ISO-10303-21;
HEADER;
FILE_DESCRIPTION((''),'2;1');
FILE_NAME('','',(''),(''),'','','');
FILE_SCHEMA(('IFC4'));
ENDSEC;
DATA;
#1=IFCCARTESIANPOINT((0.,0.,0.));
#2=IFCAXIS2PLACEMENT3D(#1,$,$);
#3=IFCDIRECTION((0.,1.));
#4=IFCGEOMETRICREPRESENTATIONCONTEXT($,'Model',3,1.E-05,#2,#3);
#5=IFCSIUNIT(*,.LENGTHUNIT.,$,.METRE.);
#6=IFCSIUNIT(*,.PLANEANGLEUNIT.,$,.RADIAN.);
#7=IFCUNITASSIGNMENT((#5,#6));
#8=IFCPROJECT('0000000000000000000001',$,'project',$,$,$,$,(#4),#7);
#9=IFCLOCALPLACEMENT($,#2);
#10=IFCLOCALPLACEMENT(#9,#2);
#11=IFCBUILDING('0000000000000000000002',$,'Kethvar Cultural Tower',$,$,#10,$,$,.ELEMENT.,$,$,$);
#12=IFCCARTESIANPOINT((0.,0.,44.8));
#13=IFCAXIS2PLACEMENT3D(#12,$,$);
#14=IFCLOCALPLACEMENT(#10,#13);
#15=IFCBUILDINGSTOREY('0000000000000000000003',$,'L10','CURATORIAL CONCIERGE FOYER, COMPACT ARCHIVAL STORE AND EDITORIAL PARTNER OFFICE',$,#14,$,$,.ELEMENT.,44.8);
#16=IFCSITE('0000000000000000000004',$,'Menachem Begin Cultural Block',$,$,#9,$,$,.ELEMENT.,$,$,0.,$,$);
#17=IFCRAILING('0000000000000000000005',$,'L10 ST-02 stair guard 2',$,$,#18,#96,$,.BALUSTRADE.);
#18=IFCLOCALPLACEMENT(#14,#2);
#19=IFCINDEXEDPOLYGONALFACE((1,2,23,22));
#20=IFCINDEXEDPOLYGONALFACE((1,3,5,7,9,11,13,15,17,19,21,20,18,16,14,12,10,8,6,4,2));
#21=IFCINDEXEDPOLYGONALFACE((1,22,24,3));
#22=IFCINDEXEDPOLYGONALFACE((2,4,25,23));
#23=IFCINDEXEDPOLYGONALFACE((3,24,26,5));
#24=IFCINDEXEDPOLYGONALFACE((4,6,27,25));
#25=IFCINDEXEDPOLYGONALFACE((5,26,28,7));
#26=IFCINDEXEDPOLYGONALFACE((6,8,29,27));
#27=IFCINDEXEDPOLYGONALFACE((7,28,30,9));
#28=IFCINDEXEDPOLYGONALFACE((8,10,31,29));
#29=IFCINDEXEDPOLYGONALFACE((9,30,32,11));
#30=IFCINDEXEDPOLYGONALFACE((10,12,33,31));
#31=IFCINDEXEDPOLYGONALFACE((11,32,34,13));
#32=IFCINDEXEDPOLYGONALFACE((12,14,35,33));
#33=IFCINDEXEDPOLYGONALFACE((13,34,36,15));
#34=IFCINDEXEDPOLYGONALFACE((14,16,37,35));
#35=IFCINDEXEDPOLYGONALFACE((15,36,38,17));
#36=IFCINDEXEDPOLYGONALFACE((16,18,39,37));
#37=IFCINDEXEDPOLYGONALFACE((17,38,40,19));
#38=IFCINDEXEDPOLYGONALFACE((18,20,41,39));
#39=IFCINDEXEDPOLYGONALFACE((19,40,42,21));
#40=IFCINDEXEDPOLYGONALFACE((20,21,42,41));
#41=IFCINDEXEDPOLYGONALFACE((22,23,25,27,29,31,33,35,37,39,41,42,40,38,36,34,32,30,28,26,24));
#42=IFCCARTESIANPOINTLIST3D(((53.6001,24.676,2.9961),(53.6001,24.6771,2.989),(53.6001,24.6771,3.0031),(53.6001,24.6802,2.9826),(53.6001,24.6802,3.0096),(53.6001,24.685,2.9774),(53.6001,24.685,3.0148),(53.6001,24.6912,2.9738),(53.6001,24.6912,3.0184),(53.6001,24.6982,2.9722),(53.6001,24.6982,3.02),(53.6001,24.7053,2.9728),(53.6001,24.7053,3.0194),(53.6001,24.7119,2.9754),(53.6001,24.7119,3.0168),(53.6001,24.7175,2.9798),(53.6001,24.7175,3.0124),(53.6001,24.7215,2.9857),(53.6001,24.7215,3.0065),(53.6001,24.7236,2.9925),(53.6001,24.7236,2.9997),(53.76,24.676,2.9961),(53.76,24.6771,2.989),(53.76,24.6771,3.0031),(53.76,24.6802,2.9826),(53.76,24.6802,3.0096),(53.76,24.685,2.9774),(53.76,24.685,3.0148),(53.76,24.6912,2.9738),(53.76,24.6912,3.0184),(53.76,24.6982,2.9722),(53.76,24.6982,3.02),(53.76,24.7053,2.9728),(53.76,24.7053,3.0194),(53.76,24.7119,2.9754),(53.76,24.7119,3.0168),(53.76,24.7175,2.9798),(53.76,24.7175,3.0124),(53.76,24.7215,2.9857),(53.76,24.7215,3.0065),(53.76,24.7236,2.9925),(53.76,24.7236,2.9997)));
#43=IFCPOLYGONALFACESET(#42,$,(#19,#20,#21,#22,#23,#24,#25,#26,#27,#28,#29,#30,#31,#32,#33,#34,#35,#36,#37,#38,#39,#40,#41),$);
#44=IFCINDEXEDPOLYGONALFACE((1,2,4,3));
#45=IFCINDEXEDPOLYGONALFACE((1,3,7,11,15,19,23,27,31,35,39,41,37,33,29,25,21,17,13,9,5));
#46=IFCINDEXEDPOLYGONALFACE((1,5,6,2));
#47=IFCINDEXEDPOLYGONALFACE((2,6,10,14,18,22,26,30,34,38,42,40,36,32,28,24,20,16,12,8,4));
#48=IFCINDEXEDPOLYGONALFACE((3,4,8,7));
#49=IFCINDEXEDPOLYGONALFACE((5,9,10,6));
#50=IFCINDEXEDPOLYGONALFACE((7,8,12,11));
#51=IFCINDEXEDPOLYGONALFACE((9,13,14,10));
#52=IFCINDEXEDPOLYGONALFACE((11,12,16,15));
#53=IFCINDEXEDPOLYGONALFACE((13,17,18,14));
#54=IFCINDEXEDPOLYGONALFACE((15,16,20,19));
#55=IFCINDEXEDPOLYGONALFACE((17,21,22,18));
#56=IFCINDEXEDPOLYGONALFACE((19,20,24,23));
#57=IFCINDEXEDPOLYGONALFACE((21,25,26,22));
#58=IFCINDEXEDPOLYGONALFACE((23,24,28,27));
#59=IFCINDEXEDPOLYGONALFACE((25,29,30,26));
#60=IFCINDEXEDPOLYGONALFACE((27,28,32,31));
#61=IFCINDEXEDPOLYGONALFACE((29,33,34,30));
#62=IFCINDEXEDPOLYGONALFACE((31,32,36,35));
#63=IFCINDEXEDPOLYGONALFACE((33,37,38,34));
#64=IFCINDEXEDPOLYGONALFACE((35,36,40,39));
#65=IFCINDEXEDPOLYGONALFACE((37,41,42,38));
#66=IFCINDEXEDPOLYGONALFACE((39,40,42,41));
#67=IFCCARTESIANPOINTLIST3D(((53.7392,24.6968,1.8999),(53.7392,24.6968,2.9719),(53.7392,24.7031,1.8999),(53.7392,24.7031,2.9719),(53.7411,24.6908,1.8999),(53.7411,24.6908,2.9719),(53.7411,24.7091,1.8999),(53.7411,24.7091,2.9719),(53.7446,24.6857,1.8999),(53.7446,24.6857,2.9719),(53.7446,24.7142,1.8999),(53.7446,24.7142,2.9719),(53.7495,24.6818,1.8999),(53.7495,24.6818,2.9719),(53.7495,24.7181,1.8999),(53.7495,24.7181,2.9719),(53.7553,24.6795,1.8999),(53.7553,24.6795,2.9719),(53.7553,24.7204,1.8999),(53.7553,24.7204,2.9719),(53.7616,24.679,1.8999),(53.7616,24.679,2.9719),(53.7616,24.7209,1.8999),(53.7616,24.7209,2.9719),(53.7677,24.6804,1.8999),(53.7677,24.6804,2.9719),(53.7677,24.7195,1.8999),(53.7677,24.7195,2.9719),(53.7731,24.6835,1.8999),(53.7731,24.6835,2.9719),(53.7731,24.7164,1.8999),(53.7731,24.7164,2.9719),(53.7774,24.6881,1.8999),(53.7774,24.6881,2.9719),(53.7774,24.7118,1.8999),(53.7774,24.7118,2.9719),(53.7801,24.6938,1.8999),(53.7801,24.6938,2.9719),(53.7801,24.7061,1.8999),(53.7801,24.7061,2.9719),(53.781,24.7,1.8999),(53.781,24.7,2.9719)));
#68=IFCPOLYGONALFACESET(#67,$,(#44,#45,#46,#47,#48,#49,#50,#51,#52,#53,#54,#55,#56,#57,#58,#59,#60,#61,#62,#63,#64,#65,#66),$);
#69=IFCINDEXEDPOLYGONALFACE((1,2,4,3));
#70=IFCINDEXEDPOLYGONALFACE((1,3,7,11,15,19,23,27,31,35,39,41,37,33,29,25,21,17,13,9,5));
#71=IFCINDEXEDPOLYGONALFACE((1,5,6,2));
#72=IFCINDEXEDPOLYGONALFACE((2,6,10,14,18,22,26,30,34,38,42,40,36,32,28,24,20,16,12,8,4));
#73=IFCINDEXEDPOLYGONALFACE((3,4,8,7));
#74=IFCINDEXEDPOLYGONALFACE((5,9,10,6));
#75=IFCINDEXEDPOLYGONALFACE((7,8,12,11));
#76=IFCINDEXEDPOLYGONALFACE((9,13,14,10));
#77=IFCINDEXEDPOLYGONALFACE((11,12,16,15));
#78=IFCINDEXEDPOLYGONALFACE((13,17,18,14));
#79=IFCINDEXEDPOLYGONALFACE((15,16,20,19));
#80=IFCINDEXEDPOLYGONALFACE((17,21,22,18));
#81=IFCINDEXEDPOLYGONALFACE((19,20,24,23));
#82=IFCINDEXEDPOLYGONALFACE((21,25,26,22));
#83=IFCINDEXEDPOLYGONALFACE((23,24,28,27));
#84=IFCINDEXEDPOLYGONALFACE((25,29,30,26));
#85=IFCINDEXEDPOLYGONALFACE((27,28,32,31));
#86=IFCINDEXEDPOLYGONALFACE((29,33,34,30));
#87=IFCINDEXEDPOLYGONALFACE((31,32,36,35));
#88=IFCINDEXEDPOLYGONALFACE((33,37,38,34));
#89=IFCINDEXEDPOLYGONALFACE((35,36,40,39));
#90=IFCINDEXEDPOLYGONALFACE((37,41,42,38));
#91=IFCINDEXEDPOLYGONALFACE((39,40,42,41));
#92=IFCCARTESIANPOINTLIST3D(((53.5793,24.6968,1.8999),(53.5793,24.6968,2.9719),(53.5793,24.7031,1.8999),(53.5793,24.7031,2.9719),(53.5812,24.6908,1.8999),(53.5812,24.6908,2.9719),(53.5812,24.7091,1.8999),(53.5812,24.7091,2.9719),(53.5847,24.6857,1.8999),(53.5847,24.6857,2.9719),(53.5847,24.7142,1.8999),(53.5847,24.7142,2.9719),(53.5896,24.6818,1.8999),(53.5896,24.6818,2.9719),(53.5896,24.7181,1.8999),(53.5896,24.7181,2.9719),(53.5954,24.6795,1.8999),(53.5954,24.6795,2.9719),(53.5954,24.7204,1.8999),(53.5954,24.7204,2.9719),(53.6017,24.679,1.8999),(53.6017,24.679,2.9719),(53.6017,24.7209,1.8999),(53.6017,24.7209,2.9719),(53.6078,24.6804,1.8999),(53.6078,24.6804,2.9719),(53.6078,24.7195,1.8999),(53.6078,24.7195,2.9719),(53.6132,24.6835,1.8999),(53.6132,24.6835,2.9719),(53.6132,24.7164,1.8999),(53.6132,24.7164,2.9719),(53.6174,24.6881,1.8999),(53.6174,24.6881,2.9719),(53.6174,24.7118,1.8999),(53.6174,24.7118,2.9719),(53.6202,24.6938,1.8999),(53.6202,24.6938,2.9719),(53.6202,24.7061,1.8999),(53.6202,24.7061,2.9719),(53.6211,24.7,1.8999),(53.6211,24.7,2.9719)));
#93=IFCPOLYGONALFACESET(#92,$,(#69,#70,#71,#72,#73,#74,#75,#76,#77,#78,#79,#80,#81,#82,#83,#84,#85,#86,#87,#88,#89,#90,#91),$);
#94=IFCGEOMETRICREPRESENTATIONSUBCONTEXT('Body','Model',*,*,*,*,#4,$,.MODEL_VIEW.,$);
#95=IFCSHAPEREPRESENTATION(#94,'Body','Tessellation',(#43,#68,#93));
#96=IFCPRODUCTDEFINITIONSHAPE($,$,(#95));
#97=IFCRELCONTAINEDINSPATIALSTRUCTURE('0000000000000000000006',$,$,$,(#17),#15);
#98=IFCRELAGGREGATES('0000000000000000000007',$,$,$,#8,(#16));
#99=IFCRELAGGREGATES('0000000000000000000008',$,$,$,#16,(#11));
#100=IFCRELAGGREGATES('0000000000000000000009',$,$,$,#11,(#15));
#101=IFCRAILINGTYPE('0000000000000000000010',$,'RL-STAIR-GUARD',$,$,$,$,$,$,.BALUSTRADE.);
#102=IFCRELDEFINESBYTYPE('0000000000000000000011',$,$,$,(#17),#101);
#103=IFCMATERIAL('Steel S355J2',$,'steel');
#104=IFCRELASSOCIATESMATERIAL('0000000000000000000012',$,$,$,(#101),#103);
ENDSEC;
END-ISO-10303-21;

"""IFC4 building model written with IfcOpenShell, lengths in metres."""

from ifc_helpers import new_model, si_unit, direction, frame, origin, origin_2d, place, context, subcontext, project, spatial, circle, extrude, material, type_object, element, save


model = new_model("IFC4")

# Units and contexts
model_context = context("Model", 3, precision=1e-05, world=origin(), true_north=direction((0.0, 1.0)))
body_context = subcontext(model_context, "Body", "Model", "MODEL_VIEW")
ifc_project = project(units=[si_unit("LENGTHUNIT", "METRE"), si_unit("PLANEANGLEUNIT", "RADIAN")], contexts=[model_context])

# Site, building, storey
site_placement = place(None, origin())
site = spatial("IfcSite", under=ifc_project, at=site_placement, Name="Menachem Begin Cultural Block", CompositionType="ELEMENT", RefElevation=0.0)
building_placement = place(site_placement, origin())
building = spatial("IfcBuilding", under=site, at=building_placement, Name="Kethvar Cultural Tower", CompositionType="ELEMENT")
storey_placement = place(building_placement, frame((0.0, 0.0, 44.8)))
storey = spatial("IfcBuildingStorey", under=building, at=storey_placement, Name="L10", Description="CURATORIAL CONCIERGE FOYER, COMPACT ARCHIVAL STORE AND EDITORIAL PARTNER OFFICE", CompositionType="ELEMENT", Elevation=44.8)

# Shared definitions
ifc_material_1 = material(Name="Steel S355J2", Category="steel")

# Railing
railing_type_1 = type_object("IfcRailingType", Name="RL-STAIR-GUARD", PredefinedType="BALUSTRADE", material=ifc_material_1)
railing_1_placement = place(storey_placement, frame((53.76, 24.7, 1.8999)))
element("IfcRailing", 1, at=railing_1_placement, inside=storey, type_object=railing_type_1, Name="L10 ST-02 stair guard 2", PredefinedType="BALUSTRADE", context=body_context, shape_type="SweptSolid", body=[
    extrude(circle(Radius=0.0239, at=origin_2d()), frame((0.0, 0.0, 1.0962), z_axis=(-1.0, 0.0, 0.0), x_axis=(0.0, -1.0, 0.0)), (0.0, 0.0, 1.0), 0.1599),
    extrude(circle(Radius=0.021, at=origin_2d()), origin(), (0.0, 0.0, 1.0), 1.072),
    extrude(circle(Radius=0.021, at=origin_2d()), frame((-0.1599, 0.0, 0.0)), (0.0, 0.0, 1.0), 1.072),
])

save(model, "model.ifc")
